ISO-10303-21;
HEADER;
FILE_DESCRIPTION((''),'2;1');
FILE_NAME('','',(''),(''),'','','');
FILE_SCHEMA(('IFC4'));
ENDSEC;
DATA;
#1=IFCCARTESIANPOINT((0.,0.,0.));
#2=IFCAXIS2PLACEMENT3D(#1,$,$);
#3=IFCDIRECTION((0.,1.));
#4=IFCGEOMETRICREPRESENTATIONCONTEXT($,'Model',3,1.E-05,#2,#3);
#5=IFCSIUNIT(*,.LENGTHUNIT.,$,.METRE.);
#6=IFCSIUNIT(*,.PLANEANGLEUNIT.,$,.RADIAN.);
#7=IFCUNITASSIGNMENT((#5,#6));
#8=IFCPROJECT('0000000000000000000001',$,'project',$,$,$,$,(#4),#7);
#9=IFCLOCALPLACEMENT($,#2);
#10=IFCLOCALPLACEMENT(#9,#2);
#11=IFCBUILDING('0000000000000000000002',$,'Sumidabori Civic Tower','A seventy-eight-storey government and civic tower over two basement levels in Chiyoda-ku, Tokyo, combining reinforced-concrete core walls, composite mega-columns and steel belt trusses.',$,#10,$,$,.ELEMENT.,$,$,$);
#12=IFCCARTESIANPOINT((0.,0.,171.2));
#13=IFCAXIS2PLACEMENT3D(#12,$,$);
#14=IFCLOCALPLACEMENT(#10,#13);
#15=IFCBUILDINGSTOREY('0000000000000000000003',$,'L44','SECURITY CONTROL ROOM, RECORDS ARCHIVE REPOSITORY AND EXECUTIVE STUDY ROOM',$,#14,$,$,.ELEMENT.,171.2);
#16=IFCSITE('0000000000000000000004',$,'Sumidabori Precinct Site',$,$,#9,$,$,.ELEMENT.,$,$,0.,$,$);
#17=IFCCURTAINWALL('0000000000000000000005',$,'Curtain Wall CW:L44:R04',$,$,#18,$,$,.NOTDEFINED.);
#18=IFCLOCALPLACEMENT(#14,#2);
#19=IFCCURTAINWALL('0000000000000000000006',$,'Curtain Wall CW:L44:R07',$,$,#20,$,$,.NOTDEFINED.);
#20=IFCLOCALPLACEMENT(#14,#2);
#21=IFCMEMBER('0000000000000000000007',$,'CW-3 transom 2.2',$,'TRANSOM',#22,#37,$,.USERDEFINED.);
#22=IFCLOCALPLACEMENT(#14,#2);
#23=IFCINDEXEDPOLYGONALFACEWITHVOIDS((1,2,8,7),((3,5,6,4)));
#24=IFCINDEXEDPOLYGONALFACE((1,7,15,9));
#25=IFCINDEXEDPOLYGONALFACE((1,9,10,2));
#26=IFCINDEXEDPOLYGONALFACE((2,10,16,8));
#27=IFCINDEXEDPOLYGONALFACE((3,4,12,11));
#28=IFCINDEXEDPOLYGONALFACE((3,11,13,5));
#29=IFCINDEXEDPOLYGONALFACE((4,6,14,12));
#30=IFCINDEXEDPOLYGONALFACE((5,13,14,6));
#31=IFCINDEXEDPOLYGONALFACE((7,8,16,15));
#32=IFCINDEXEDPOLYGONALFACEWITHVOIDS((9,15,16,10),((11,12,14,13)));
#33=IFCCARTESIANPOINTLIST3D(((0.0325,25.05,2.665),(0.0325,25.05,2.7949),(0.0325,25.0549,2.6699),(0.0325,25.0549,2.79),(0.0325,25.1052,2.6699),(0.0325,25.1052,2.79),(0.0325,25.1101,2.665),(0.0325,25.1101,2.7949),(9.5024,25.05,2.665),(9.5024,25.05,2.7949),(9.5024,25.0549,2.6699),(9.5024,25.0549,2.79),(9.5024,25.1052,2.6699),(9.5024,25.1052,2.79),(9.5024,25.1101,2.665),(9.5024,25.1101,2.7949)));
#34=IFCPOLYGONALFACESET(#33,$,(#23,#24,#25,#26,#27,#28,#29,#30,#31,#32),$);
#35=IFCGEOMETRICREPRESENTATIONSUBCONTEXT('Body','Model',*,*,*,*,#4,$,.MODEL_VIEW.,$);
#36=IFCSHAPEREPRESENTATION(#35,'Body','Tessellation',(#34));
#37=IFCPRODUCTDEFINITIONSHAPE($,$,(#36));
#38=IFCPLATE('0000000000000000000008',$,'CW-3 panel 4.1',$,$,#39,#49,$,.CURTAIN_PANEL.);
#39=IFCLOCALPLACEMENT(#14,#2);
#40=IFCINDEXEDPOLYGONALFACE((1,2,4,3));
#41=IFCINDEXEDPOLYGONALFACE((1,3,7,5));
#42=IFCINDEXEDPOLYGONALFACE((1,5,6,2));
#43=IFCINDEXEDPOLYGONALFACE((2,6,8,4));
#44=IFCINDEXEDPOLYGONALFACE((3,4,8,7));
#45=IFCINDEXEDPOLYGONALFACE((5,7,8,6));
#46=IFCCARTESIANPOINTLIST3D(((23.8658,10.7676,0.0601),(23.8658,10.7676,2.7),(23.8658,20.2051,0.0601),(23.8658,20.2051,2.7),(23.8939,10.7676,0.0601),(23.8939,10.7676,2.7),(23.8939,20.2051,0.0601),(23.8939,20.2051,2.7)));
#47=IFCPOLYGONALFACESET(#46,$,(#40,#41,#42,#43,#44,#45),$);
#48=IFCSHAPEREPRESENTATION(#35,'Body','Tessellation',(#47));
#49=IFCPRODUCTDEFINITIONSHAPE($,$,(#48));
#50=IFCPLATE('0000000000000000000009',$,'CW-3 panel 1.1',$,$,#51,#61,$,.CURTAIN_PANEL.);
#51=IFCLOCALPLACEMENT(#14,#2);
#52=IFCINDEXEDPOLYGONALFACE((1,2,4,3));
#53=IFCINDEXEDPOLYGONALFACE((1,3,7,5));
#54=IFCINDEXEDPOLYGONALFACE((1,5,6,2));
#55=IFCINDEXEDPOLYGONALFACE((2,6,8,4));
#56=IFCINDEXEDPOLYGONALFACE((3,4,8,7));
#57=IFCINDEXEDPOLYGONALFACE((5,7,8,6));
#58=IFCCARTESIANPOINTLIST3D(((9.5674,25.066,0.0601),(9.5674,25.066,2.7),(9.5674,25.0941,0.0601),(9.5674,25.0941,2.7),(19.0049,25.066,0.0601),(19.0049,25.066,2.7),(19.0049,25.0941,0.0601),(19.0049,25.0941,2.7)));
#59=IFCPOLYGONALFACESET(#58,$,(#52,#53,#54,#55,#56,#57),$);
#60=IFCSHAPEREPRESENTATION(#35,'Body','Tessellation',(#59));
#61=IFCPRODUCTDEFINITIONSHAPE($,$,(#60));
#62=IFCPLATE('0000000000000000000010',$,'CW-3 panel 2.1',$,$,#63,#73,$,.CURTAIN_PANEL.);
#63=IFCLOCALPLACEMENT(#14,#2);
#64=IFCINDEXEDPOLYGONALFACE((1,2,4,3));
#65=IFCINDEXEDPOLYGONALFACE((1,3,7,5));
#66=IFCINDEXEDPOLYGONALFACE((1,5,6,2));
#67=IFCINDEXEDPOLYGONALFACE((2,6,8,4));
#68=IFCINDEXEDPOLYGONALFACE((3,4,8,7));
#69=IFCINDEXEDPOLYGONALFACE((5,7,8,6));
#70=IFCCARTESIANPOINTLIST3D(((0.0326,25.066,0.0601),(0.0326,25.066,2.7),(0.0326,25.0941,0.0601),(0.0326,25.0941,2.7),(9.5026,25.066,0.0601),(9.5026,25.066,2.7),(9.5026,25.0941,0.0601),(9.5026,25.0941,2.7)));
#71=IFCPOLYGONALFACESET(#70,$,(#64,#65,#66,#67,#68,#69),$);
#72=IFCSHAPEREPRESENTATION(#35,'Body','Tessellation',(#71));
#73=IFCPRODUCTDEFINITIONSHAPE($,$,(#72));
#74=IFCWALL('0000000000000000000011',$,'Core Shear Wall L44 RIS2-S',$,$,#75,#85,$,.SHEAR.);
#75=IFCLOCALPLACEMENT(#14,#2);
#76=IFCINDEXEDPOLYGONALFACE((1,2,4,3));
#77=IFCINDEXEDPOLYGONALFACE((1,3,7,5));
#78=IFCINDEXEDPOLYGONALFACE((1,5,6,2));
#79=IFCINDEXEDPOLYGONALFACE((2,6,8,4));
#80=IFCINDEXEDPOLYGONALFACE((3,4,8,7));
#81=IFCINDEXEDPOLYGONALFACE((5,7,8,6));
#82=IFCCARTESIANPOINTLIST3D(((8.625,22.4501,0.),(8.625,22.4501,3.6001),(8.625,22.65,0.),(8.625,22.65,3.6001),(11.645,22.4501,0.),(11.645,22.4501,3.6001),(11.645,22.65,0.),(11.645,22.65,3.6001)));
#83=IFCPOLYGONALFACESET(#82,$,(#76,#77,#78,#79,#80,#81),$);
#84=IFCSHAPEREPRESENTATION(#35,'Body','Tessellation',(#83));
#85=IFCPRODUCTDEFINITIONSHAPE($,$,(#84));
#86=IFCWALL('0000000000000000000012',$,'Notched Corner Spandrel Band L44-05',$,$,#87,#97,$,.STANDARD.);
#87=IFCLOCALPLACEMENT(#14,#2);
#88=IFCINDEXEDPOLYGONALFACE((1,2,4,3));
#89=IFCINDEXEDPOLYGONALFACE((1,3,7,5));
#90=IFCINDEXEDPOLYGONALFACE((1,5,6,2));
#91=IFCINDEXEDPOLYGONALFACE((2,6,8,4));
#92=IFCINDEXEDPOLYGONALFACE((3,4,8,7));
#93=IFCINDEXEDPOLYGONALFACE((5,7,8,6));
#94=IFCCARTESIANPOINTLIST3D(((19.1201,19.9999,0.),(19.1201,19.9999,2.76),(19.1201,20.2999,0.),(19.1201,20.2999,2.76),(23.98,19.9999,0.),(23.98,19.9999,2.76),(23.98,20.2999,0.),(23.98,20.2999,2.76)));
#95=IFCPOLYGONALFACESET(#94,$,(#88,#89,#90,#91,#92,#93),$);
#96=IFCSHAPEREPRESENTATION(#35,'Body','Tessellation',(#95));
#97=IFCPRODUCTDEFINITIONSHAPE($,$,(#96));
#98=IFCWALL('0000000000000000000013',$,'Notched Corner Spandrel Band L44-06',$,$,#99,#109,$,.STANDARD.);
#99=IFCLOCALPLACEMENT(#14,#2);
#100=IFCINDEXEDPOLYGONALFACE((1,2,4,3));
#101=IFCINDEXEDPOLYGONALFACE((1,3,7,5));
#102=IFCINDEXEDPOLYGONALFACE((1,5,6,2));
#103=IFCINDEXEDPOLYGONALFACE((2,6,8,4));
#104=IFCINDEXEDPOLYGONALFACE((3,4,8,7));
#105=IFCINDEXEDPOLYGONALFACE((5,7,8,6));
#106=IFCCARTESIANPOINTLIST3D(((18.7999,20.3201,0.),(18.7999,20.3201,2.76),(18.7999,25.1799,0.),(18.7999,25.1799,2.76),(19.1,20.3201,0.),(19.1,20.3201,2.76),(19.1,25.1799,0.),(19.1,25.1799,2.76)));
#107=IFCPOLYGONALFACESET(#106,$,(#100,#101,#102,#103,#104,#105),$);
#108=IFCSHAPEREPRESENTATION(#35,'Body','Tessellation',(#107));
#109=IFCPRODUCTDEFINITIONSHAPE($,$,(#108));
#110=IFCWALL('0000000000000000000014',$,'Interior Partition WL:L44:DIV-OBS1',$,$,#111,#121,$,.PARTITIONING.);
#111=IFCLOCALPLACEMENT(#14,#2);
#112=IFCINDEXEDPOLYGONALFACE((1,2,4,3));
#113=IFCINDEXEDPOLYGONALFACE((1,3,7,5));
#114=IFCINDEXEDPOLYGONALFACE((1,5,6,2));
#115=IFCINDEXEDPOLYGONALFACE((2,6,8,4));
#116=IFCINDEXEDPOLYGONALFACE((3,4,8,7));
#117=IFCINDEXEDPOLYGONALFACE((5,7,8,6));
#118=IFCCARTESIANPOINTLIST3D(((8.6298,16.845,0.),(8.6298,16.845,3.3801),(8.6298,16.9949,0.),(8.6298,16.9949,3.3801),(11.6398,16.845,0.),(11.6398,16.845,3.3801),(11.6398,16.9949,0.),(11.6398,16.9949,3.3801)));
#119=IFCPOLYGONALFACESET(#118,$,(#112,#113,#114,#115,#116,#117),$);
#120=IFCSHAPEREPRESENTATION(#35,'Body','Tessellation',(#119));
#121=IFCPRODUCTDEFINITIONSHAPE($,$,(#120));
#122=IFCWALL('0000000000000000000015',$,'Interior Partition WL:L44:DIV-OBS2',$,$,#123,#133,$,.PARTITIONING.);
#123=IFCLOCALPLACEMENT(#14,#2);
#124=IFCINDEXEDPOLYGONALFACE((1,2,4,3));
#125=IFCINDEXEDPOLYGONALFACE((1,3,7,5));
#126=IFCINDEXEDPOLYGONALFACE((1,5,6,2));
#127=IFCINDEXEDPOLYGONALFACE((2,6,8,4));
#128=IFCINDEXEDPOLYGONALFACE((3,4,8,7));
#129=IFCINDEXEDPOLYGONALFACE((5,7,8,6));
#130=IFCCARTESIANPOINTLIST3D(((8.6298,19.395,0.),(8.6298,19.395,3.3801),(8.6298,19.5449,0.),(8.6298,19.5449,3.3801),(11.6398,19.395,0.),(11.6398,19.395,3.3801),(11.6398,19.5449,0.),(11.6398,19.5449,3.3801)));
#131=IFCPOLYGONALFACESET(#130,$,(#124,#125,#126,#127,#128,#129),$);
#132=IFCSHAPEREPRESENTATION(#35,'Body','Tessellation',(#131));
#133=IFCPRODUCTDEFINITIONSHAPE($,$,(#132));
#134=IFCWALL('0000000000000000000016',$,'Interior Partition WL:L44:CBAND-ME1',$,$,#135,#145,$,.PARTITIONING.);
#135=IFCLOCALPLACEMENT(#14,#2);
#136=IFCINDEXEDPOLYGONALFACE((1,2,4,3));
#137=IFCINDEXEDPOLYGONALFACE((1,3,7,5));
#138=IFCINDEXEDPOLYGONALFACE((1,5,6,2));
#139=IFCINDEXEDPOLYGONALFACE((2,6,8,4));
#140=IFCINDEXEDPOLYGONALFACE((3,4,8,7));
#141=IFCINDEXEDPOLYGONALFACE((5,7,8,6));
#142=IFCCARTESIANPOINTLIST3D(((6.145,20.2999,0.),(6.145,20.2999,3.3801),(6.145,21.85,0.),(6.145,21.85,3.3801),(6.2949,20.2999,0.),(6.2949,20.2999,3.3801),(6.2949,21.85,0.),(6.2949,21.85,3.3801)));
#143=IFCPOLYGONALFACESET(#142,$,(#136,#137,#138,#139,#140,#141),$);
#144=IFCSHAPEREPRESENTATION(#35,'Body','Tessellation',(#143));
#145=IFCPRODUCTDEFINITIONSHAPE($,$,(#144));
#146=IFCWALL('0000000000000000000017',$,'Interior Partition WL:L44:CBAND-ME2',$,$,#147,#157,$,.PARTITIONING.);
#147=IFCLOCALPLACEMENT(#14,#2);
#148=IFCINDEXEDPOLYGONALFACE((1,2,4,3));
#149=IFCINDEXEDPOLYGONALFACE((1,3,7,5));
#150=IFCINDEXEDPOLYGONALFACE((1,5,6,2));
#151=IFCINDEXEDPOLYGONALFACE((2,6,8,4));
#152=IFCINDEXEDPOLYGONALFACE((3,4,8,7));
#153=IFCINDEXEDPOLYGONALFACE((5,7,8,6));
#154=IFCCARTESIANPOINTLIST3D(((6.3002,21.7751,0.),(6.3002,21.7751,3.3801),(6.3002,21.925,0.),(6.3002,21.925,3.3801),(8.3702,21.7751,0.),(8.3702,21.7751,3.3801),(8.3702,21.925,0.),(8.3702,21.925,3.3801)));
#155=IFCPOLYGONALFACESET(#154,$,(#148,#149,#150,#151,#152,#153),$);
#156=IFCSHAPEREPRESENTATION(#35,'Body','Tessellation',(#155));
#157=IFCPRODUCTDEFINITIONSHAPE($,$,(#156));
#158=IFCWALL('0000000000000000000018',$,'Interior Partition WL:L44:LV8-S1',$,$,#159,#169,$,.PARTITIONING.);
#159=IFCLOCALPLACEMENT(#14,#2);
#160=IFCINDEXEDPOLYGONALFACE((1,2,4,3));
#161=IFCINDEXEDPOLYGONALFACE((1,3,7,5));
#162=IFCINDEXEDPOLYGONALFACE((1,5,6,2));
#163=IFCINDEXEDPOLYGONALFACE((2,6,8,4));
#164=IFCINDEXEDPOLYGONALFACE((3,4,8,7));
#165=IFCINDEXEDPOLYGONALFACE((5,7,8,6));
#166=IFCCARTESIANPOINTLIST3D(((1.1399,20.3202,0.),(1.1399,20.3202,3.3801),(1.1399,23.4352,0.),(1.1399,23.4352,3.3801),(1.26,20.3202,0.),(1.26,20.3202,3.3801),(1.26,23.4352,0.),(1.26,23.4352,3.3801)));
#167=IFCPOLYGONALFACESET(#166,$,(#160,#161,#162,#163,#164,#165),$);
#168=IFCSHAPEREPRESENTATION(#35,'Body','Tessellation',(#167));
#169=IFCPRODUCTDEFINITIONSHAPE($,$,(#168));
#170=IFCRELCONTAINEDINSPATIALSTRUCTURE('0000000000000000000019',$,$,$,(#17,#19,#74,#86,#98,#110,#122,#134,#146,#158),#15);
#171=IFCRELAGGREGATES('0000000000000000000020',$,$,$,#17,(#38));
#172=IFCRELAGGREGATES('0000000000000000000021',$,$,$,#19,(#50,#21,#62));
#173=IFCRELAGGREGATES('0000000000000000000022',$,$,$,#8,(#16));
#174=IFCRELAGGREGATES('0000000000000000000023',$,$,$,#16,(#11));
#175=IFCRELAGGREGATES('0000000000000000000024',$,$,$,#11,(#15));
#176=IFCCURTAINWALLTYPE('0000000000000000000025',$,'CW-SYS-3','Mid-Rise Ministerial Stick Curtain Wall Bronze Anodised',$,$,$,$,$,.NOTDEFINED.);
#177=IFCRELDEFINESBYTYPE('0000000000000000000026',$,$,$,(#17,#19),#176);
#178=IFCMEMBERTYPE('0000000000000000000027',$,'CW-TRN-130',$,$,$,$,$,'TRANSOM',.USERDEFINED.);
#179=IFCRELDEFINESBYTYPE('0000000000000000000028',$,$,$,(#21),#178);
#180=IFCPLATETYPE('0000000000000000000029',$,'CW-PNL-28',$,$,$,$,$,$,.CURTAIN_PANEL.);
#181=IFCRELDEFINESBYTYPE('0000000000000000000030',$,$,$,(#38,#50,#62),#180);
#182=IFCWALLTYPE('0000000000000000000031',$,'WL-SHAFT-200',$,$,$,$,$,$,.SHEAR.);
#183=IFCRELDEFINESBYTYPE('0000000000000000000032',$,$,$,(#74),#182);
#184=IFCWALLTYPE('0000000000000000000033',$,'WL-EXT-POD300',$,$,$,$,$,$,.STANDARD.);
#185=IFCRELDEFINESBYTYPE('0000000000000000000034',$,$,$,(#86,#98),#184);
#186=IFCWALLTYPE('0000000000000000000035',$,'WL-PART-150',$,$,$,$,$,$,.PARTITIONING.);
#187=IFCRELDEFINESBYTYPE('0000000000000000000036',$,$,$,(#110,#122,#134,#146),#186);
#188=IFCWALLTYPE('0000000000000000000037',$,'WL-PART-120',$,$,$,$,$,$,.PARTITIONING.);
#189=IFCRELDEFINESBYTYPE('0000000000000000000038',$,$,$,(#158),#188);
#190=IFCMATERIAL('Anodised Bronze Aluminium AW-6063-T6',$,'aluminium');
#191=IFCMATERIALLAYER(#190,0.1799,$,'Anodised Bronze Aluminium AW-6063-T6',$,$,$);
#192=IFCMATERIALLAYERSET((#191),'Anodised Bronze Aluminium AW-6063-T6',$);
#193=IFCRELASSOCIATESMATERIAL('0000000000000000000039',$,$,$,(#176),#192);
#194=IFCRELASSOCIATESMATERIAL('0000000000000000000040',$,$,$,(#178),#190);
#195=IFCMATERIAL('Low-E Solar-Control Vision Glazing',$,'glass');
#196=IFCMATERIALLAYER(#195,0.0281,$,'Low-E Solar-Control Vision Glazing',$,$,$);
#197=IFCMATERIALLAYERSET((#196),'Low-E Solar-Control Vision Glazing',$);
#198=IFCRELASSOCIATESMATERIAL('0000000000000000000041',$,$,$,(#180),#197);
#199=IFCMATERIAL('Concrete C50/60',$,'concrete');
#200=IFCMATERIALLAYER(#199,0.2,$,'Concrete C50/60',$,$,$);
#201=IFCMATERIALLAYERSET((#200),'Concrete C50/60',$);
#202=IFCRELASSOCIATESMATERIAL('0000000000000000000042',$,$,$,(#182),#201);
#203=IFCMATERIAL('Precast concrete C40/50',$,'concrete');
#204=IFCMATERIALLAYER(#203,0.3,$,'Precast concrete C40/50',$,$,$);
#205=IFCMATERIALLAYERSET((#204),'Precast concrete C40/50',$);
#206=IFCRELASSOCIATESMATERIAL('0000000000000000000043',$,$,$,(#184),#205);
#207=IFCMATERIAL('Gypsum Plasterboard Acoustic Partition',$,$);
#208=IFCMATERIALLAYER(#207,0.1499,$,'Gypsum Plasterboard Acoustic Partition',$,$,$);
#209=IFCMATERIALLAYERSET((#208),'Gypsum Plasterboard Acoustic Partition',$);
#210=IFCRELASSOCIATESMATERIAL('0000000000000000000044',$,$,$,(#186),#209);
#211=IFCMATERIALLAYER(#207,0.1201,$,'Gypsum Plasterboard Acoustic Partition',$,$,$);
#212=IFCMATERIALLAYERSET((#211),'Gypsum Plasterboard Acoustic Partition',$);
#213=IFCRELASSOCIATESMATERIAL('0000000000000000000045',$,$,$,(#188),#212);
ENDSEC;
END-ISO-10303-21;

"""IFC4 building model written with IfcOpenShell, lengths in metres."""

from ifc_helpers import new_model, si_unit, direction, frame, frame_2d, origin, origin_2d, place, context, subcontext, project, spatial, rectangle, hollow_rectangle, extrude, source, transform, mapped, material, layer, layer_set, material_profile, profile_set, type_object, element, aggregate, save


model = new_model("IFC4")

# Units and contexts
model_context = context("Model", 3, precision=1e-05, world=origin(), true_north=direction((0.0, 1.0)))
body_context = subcontext(model_context, "Body", "Model", "MODEL_VIEW")
ifc_project = project(units=[si_unit("LENGTHUNIT", "METRE"), si_unit("PLANEANGLEUNIT", "RADIAN")], contexts=[model_context])

# Site, building, storey
site_placement = place(None, origin())
site = spatial("IfcSite", under=ifc_project, at=site_placement, Name="Sumidabori Precinct Site", CompositionType="ELEMENT", RefElevation=0.0)
building_placement = place(site_placement, origin())
building = spatial("IfcBuilding", under=site, at=building_placement, Name="Sumidabori Civic Tower", Description="A seventy-eight-storey government and civic tower over two basement levels in Chiyoda-ku, Tokyo, combining reinforced-concrete core walls, composite mega-columns and steel belt trusses.", CompositionType="ELEMENT")
storey_placement = place(building_placement, frame((0.0, 0.0, 171.2)))
storey = spatial("IfcBuildingStorey", under=building, at=storey_placement, Name="L44", Description="SECURITY CONTROL ROOM, RECORDS ARCHIVE REPOSITORY AND EXECUTIVE STUDY ROOM", CompositionType="ELEMENT", Elevation=171.2)

# Curtain wall
ifc_material_1 = material(Name="Anodised Bronze Aluminium AW-6063-T6", Category="aluminium")
ifc_layer_1 = layer(ifc_material_1, 0.1799, Name="Anodised Bronze Aluminium AW-6063-T6")
ifc_layer_set_1 = layer_set([ifc_layer_1], Name="Anodised Bronze Aluminium AW-6063-T6")
curtain_wall_type = type_object("IfcCurtainWallType", Name="CW-SYS-3", Description="Mid-Rise Ministerial Stick Curtain Wall Bronze Anodised", PredefinedType="NOTDEFINED", material=ifc_layer_set_1)
curtain_wall_1_placement = place(storey_placement, origin())
curtain_wall_1 = element("IfcCurtainWall", 1, at=curtain_wall_1_placement, inside=storey, type_object=curtain_wall_type, Name="Curtain Wall CW:L44:R04", PredefinedType="NOTDEFINED")

# Curtain wall, member
curtain_wall_2_placement = place(storey_placement, origin())
curtain_wall_2 = element("IfcCurtainWall", 2, at=curtain_wall_2_placement, inside=storey, type_object=curtain_wall_type, Name="Curtain Wall CW:L44:R07", PredefinedType="NOTDEFINED")
ifc_material_profile_1 = material_profile(ifc_material_1, hollow_rectangle(XDim=0.0601, YDim=0.1299, WallThickness=0.0049, at=origin_2d()), Name="ALU TRANSOM 130x60")
ifc_profile_set_1 = profile_set([ifc_material_profile_1], Name="Anodised Bronze Aluminium AW-6063-T6")
member_type_1 = type_object("IfcMemberType", Name="CW-TRN-130", ElementType="TRANSOM", PredefinedType="USERDEFINED", material=ifc_profile_set_1)
shared_shape_1 = source(origin(), body_context, "Body", "SweptSolid", [
    extrude(hollow_rectangle(XDim=0.0601, YDim=0.1299, WallThickness=0.0049, at=origin_2d()), origin(), (0.0, 0.0, 1.0), 9.47),
])
member_1_placement = place(storey_placement, frame((9.5024, 25.0801, 2.73), z_axis=(-1.0, 0.0, 0.0), x_axis=(0.0, -1.0, 0.0)))
member_1 = element("IfcMember", 3, at=member_1_placement, type_object=member_type_1, Name="CW-3 transom 2.2", ObjectType="TRANSOM", PredefinedType="USERDEFINED", context=body_context, shape_type="MappedRepresentation", body=[
    mapped(shared_shape_1, transform((0.0, 0.0, 0.0), x_axis=(1.0, 0.0, 0.0), y_axis=(0.0, 1.0, 0.0), z_axis=(0.0, 0.0, 1.0), scale=1.0)),
])

# Plates
ifc_material_2 = material(Name="Low-E Solar-Control Vision Glazing", Category="glass")
ifc_layer_2 = layer(ifc_material_2, 0.0281, Name="Low-E Solar-Control Vision Glazing")
ifc_layer_set_2 = layer_set([ifc_layer_2], Name="Low-E Solar-Control Vision Glazing")
plate_type = type_object("IfcPlateType", Name="CW-PNL-28", PredefinedType="CURTAIN_PANEL", material=ifc_layer_set_2)
shared_shape_2 = source(origin(), body_context, "Body", "SweptSolid", [
    extrude(rectangle(XDim=9.4375, YDim=0.0281, at=origin_2d()), origin(), (0.0, 0.0, 1.0), 2.6399),
])
plate_1_placement = place(storey_placement, frame((23.8799, 15.4863, 0.0601), z_axis=(0.0, 0.0, 1.0), x_axis=(0.0, 1.0, 0.0)))
plate_1 = element("IfcPlate", 4, at=plate_1_placement, type_object=plate_type, Name="CW-3 panel 4.1", PredefinedType="CURTAIN_PANEL", context=body_context, shape_type="MappedRepresentation", body=[
    mapped(shared_shape_2, transform((0.0, 0.0, 0.0), x_axis=(1.0, 0.0, 0.0), y_axis=(0.0, 1.0, 0.0), z_axis=(0.0, 0.0, 1.0), scale=1.0)),
])
aggregate(curtain_wall_1, [plate_1])
plate_2_placement = place(storey_placement, frame((14.2861, 25.0801, 0.0601), z_axis=(0.0, 0.0, 1.0), x_axis=(-1.0, 0.0, 0.0)))
plate_2 = element("IfcPlate", 5, at=plate_2_placement, type_object=plate_type, Name="CW-3 panel 1.1", PredefinedType="CURTAIN_PANEL", context=body_context, shape_type="MappedRepresentation", body=[
    mapped(shared_shape_2, transform((0.0, 0.0, 0.0), x_axis=(1.0, 0.0, 0.0), y_axis=(0.0, 1.0, 0.0), z_axis=(0.0, 0.0, 1.0), scale=1.0)),
])
shared_shape_3 = source(origin(), body_context, "Body", "SweptSolid", [
    extrude(rectangle(XDim=9.47, YDim=0.0281, at=origin_2d()), origin(), (0.0, 0.0, 1.0), 2.6399),
])
plate_3_placement = place(storey_placement, frame((4.7676, 25.0801, 0.0601), z_axis=(0.0, 0.0, 1.0), x_axis=(-1.0, 0.0, 0.0)))
plate_3 = element("IfcPlate", 6, at=plate_3_placement, type_object=plate_type, Name="CW-3 panel 2.1", PredefinedType="CURTAIN_PANEL", context=body_context, shape_type="MappedRepresentation", body=[
    mapped(shared_shape_3, transform((0.0, 0.0, 0.0), x_axis=(1.0, 0.0, 0.0), y_axis=(0.0, 1.0, 0.0), z_axis=(0.0, 0.0, 1.0), scale=1.0)),
])
aggregate(curtain_wall_2, [plate_2, member_1, plate_3])

# Walls
ifc_material_3 = material(Name="Concrete C50/60", Category="concrete")
ifc_layer_3 = layer(ifc_material_3, 0.2, Name="Concrete C50/60")
ifc_layer_set_3 = layer_set([ifc_layer_3], Name="Concrete C50/60")
wall_type_1 = type_object("IfcWallType", Name="WL-SHAFT-200", PredefinedType="SHEAR", material=ifc_layer_set_3)
shared_shape_4 = source(origin(), body_context, "Body", "SweptSolid", [
    extrude(rectangle(XDim=3.02, YDim=0.2, at=frame_2d((1.51, 0.0))), origin(), (0.0, 0.0, 1.0), 3.6001),
])
wall_1_placement = place(storey_placement, frame((8.625, 22.55, 0.0), z_axis=(0.0, 0.0, 1.0), x_axis=(1.0, 0.0, 0.0)))
element("IfcWall", 7, at=wall_1_placement, inside=storey, type_object=wall_type_1, Name="Core Shear Wall L44 RIS2-S", PredefinedType="SHEAR", context=body_context, shape_type="MappedRepresentation", body=[
    mapped(shared_shape_4, transform((0.0, 0.0, 0.0), x_axis=(1.0, 0.0, 0.0), y_axis=(0.0, 1.0, 0.0), z_axis=(0.0, 0.0, 1.0), scale=1.0)),
])
ifc_material_4 = material(Name="Precast concrete C40/50", Category="concrete")
ifc_layer_4 = layer(ifc_material_4, 0.3, Name="Precast concrete C40/50")
ifc_layer_set_4 = layer_set([ifc_layer_4], Name="Precast concrete C40/50")
wall_type_2 = type_object("IfcWallType", Name="WL-EXT-POD300", PredefinedType="STANDARD", material=ifc_layer_set_4)
shared_shape_5 = source(origin(), body_context, "Body", "SweptSolid", [
    extrude(rectangle(XDim=4.8599, YDim=0.3, at=frame_2d((2.4299, 0.0))), origin(), (0.0, 0.0, 1.0), 2.76),
])
for number, where, z_axis, x_axis, name in (
    (8, (23.98, 20.1499, 0.0), (0.0, 0.0, 1.0), (-1.0, 0.0, 0.0), "Notched Corner Spandrel Band L44-05"),
    (9, (18.95, 20.3201, 0.0), (0.0, 0.0, 1.0), (0.0, 1.0, 0.0), "Notched Corner Spandrel Band L44-06"),
):
    element("IfcWall", number, at=place(storey_placement, frame(where, z_axis=z_axis, x_axis=x_axis)), inside=storey, type_object=wall_type_2, Name=name, PredefinedType="STANDARD", context=body_context, shape_type="MappedRepresentation", body=[
        mapped(shared_shape_5, transform((0.0, 0.0, 0.0), x_axis=(1.0, 0.0, 0.0), y_axis=(0.0, 1.0, 0.0), z_axis=(0.0, 0.0, 1.0), scale=1.0)),
    ])
ifc_material_5 = material(Name="Gypsum Plasterboard Acoustic Partition")
ifc_layer_5 = layer(ifc_material_5, 0.1499, Name="Gypsum Plasterboard Acoustic Partition")
ifc_layer_set_5 = layer_set([ifc_layer_5], Name="Gypsum Plasterboard Acoustic Partition")
wall_type_3 = type_object("IfcWallType", Name="WL-PART-150", PredefinedType="PARTITIONING", material=ifc_layer_set_5)
shared_shape_6 = source(origin(), body_context, "Body", "SweptSolid", [
    extrude(rectangle(XDim=3.01, YDim=0.1499, at=frame_2d((1.5049, 0.0))), origin(), (0.0, 0.0, 1.0), 3.3801),
])
for number, where, z_axis, x_axis, name in (
    (10, (8.6299, 16.9199, 0.0), (0.0, 0.0, 1.0), (1.0, 0.0, 0.0), "Interior Partition WL:L44:DIV-OBS1"),
    (11, (8.6299, 19.47, 0.0), (0.0, 0.0, 1.0), (1.0, 0.0, 0.0), "Interior Partition WL:L44:DIV-OBS2"),
):
    element("IfcWall", number, at=place(storey_placement, frame(where, z_axis=z_axis, x_axis=x_axis)), inside=storey, type_object=wall_type_3, Name=name, PredefinedType="PARTITIONING", context=body_context, shape_type="MappedRepresentation", body=[
        mapped(shared_shape_6, transform((0.0, 0.0, 0.0), x_axis=(1.0, 0.0, 0.0), y_axis=(0.0, 1.0, 0.0), z_axis=(0.0, 0.0, 1.0), scale=1.0)),
    ])
shared_shape_7 = source(origin(), body_context, "Body", "SweptSolid", [
    extrude(rectangle(XDim=1.55, YDim=0.1499, at=frame_2d((0.7749, 0.0))), origin(), (0.0, 0.0, 1.0), 3.3801),
])
wall_2_placement = place(storey_placement, frame((6.22, 20.3, 0.0), z_axis=(0.0, 0.0, 1.0), x_axis=(0.0, 1.0, 0.0)))
element("IfcWall", 12, at=wall_2_placement, inside=storey, type_object=wall_type_3, Name="Interior Partition WL:L44:CBAND-ME1", PredefinedType="PARTITIONING", context=body_context, shape_type="MappedRepresentation", body=[
    mapped(shared_shape_7, transform((0.0, 0.0, 0.0), x_axis=(1.0, 0.0, 0.0), y_axis=(0.0, 1.0, 0.0), z_axis=(0.0, 0.0, 1.0), scale=1.0)),
])
shared_shape_8 = source(origin(), body_context, "Body", "SweptSolid", [
    extrude(rectangle(XDim=2.0701, YDim=0.1499, at=frame_2d((1.0352, 0.0))), origin(), (0.0, 0.0, 1.0), 3.3801),
])
wall_3_placement = place(storey_placement, frame((6.3, 21.8501, 0.0), z_axis=(0.0, 0.0, 1.0), x_axis=(1.0, 0.0, 0.0)))
element("IfcWall", 13, at=wall_3_placement, inside=storey, type_object=wall_type_3, Name="Interior Partition WL:L44:CBAND-ME2", PredefinedType="PARTITIONING", context=body_context, shape_type="MappedRepresentation", body=[
    mapped(shared_shape_8, transform((0.0, 0.0, 0.0), x_axis=(1.0, 0.0, 0.0), y_axis=(0.0, 1.0, 0.0), z_axis=(0.0, 0.0, 1.0), scale=1.0)),
])
ifc_layer_6 = layer(ifc_material_5, 0.1201, Name="Gypsum Plasterboard Acoustic Partition")
ifc_layer_set_6 = layer_set([ifc_layer_6], Name="Gypsum Plasterboard Acoustic Partition")
wall_type_4 = type_object("IfcWallType", Name="WL-PART-120", PredefinedType="PARTITIONING", material=ifc_layer_set_6)
shared_shape_9 = source(origin(), body_context, "Body", "SweptSolid", [
    extrude(rectangle(XDim=3.115, YDim=0.1201, at=frame_2d((1.5576, 0.0))), origin(), (0.0, 0.0, 1.0), 3.3801),
])
for number, where, z_axis, x_axis, name in (
    (14, (1.2, 20.3201, 0.0), (0.0, 0.0, 1.0), (0.0, 1.0, 0.0), "Interior Partition WL:L44:LV8-S1"),
):
    element("IfcWall", number, at=place(storey_placement, frame(where, z_axis=z_axis, x_axis=x_axis)), inside=storey, type_object=wall_type_4, Name=name, PredefinedType="PARTITIONING", context=body_context, shape_type="MappedRepresentation", body=[
        mapped(shared_shape_9, transform((0.0, 0.0, 0.0), x_axis=(1.0, 0.0, 0.0), y_axis=(0.0, 1.0, 0.0), z_axis=(0.0, 0.0, 1.0), scale=1.0)),
    ])

save(model, "model.ifc")
